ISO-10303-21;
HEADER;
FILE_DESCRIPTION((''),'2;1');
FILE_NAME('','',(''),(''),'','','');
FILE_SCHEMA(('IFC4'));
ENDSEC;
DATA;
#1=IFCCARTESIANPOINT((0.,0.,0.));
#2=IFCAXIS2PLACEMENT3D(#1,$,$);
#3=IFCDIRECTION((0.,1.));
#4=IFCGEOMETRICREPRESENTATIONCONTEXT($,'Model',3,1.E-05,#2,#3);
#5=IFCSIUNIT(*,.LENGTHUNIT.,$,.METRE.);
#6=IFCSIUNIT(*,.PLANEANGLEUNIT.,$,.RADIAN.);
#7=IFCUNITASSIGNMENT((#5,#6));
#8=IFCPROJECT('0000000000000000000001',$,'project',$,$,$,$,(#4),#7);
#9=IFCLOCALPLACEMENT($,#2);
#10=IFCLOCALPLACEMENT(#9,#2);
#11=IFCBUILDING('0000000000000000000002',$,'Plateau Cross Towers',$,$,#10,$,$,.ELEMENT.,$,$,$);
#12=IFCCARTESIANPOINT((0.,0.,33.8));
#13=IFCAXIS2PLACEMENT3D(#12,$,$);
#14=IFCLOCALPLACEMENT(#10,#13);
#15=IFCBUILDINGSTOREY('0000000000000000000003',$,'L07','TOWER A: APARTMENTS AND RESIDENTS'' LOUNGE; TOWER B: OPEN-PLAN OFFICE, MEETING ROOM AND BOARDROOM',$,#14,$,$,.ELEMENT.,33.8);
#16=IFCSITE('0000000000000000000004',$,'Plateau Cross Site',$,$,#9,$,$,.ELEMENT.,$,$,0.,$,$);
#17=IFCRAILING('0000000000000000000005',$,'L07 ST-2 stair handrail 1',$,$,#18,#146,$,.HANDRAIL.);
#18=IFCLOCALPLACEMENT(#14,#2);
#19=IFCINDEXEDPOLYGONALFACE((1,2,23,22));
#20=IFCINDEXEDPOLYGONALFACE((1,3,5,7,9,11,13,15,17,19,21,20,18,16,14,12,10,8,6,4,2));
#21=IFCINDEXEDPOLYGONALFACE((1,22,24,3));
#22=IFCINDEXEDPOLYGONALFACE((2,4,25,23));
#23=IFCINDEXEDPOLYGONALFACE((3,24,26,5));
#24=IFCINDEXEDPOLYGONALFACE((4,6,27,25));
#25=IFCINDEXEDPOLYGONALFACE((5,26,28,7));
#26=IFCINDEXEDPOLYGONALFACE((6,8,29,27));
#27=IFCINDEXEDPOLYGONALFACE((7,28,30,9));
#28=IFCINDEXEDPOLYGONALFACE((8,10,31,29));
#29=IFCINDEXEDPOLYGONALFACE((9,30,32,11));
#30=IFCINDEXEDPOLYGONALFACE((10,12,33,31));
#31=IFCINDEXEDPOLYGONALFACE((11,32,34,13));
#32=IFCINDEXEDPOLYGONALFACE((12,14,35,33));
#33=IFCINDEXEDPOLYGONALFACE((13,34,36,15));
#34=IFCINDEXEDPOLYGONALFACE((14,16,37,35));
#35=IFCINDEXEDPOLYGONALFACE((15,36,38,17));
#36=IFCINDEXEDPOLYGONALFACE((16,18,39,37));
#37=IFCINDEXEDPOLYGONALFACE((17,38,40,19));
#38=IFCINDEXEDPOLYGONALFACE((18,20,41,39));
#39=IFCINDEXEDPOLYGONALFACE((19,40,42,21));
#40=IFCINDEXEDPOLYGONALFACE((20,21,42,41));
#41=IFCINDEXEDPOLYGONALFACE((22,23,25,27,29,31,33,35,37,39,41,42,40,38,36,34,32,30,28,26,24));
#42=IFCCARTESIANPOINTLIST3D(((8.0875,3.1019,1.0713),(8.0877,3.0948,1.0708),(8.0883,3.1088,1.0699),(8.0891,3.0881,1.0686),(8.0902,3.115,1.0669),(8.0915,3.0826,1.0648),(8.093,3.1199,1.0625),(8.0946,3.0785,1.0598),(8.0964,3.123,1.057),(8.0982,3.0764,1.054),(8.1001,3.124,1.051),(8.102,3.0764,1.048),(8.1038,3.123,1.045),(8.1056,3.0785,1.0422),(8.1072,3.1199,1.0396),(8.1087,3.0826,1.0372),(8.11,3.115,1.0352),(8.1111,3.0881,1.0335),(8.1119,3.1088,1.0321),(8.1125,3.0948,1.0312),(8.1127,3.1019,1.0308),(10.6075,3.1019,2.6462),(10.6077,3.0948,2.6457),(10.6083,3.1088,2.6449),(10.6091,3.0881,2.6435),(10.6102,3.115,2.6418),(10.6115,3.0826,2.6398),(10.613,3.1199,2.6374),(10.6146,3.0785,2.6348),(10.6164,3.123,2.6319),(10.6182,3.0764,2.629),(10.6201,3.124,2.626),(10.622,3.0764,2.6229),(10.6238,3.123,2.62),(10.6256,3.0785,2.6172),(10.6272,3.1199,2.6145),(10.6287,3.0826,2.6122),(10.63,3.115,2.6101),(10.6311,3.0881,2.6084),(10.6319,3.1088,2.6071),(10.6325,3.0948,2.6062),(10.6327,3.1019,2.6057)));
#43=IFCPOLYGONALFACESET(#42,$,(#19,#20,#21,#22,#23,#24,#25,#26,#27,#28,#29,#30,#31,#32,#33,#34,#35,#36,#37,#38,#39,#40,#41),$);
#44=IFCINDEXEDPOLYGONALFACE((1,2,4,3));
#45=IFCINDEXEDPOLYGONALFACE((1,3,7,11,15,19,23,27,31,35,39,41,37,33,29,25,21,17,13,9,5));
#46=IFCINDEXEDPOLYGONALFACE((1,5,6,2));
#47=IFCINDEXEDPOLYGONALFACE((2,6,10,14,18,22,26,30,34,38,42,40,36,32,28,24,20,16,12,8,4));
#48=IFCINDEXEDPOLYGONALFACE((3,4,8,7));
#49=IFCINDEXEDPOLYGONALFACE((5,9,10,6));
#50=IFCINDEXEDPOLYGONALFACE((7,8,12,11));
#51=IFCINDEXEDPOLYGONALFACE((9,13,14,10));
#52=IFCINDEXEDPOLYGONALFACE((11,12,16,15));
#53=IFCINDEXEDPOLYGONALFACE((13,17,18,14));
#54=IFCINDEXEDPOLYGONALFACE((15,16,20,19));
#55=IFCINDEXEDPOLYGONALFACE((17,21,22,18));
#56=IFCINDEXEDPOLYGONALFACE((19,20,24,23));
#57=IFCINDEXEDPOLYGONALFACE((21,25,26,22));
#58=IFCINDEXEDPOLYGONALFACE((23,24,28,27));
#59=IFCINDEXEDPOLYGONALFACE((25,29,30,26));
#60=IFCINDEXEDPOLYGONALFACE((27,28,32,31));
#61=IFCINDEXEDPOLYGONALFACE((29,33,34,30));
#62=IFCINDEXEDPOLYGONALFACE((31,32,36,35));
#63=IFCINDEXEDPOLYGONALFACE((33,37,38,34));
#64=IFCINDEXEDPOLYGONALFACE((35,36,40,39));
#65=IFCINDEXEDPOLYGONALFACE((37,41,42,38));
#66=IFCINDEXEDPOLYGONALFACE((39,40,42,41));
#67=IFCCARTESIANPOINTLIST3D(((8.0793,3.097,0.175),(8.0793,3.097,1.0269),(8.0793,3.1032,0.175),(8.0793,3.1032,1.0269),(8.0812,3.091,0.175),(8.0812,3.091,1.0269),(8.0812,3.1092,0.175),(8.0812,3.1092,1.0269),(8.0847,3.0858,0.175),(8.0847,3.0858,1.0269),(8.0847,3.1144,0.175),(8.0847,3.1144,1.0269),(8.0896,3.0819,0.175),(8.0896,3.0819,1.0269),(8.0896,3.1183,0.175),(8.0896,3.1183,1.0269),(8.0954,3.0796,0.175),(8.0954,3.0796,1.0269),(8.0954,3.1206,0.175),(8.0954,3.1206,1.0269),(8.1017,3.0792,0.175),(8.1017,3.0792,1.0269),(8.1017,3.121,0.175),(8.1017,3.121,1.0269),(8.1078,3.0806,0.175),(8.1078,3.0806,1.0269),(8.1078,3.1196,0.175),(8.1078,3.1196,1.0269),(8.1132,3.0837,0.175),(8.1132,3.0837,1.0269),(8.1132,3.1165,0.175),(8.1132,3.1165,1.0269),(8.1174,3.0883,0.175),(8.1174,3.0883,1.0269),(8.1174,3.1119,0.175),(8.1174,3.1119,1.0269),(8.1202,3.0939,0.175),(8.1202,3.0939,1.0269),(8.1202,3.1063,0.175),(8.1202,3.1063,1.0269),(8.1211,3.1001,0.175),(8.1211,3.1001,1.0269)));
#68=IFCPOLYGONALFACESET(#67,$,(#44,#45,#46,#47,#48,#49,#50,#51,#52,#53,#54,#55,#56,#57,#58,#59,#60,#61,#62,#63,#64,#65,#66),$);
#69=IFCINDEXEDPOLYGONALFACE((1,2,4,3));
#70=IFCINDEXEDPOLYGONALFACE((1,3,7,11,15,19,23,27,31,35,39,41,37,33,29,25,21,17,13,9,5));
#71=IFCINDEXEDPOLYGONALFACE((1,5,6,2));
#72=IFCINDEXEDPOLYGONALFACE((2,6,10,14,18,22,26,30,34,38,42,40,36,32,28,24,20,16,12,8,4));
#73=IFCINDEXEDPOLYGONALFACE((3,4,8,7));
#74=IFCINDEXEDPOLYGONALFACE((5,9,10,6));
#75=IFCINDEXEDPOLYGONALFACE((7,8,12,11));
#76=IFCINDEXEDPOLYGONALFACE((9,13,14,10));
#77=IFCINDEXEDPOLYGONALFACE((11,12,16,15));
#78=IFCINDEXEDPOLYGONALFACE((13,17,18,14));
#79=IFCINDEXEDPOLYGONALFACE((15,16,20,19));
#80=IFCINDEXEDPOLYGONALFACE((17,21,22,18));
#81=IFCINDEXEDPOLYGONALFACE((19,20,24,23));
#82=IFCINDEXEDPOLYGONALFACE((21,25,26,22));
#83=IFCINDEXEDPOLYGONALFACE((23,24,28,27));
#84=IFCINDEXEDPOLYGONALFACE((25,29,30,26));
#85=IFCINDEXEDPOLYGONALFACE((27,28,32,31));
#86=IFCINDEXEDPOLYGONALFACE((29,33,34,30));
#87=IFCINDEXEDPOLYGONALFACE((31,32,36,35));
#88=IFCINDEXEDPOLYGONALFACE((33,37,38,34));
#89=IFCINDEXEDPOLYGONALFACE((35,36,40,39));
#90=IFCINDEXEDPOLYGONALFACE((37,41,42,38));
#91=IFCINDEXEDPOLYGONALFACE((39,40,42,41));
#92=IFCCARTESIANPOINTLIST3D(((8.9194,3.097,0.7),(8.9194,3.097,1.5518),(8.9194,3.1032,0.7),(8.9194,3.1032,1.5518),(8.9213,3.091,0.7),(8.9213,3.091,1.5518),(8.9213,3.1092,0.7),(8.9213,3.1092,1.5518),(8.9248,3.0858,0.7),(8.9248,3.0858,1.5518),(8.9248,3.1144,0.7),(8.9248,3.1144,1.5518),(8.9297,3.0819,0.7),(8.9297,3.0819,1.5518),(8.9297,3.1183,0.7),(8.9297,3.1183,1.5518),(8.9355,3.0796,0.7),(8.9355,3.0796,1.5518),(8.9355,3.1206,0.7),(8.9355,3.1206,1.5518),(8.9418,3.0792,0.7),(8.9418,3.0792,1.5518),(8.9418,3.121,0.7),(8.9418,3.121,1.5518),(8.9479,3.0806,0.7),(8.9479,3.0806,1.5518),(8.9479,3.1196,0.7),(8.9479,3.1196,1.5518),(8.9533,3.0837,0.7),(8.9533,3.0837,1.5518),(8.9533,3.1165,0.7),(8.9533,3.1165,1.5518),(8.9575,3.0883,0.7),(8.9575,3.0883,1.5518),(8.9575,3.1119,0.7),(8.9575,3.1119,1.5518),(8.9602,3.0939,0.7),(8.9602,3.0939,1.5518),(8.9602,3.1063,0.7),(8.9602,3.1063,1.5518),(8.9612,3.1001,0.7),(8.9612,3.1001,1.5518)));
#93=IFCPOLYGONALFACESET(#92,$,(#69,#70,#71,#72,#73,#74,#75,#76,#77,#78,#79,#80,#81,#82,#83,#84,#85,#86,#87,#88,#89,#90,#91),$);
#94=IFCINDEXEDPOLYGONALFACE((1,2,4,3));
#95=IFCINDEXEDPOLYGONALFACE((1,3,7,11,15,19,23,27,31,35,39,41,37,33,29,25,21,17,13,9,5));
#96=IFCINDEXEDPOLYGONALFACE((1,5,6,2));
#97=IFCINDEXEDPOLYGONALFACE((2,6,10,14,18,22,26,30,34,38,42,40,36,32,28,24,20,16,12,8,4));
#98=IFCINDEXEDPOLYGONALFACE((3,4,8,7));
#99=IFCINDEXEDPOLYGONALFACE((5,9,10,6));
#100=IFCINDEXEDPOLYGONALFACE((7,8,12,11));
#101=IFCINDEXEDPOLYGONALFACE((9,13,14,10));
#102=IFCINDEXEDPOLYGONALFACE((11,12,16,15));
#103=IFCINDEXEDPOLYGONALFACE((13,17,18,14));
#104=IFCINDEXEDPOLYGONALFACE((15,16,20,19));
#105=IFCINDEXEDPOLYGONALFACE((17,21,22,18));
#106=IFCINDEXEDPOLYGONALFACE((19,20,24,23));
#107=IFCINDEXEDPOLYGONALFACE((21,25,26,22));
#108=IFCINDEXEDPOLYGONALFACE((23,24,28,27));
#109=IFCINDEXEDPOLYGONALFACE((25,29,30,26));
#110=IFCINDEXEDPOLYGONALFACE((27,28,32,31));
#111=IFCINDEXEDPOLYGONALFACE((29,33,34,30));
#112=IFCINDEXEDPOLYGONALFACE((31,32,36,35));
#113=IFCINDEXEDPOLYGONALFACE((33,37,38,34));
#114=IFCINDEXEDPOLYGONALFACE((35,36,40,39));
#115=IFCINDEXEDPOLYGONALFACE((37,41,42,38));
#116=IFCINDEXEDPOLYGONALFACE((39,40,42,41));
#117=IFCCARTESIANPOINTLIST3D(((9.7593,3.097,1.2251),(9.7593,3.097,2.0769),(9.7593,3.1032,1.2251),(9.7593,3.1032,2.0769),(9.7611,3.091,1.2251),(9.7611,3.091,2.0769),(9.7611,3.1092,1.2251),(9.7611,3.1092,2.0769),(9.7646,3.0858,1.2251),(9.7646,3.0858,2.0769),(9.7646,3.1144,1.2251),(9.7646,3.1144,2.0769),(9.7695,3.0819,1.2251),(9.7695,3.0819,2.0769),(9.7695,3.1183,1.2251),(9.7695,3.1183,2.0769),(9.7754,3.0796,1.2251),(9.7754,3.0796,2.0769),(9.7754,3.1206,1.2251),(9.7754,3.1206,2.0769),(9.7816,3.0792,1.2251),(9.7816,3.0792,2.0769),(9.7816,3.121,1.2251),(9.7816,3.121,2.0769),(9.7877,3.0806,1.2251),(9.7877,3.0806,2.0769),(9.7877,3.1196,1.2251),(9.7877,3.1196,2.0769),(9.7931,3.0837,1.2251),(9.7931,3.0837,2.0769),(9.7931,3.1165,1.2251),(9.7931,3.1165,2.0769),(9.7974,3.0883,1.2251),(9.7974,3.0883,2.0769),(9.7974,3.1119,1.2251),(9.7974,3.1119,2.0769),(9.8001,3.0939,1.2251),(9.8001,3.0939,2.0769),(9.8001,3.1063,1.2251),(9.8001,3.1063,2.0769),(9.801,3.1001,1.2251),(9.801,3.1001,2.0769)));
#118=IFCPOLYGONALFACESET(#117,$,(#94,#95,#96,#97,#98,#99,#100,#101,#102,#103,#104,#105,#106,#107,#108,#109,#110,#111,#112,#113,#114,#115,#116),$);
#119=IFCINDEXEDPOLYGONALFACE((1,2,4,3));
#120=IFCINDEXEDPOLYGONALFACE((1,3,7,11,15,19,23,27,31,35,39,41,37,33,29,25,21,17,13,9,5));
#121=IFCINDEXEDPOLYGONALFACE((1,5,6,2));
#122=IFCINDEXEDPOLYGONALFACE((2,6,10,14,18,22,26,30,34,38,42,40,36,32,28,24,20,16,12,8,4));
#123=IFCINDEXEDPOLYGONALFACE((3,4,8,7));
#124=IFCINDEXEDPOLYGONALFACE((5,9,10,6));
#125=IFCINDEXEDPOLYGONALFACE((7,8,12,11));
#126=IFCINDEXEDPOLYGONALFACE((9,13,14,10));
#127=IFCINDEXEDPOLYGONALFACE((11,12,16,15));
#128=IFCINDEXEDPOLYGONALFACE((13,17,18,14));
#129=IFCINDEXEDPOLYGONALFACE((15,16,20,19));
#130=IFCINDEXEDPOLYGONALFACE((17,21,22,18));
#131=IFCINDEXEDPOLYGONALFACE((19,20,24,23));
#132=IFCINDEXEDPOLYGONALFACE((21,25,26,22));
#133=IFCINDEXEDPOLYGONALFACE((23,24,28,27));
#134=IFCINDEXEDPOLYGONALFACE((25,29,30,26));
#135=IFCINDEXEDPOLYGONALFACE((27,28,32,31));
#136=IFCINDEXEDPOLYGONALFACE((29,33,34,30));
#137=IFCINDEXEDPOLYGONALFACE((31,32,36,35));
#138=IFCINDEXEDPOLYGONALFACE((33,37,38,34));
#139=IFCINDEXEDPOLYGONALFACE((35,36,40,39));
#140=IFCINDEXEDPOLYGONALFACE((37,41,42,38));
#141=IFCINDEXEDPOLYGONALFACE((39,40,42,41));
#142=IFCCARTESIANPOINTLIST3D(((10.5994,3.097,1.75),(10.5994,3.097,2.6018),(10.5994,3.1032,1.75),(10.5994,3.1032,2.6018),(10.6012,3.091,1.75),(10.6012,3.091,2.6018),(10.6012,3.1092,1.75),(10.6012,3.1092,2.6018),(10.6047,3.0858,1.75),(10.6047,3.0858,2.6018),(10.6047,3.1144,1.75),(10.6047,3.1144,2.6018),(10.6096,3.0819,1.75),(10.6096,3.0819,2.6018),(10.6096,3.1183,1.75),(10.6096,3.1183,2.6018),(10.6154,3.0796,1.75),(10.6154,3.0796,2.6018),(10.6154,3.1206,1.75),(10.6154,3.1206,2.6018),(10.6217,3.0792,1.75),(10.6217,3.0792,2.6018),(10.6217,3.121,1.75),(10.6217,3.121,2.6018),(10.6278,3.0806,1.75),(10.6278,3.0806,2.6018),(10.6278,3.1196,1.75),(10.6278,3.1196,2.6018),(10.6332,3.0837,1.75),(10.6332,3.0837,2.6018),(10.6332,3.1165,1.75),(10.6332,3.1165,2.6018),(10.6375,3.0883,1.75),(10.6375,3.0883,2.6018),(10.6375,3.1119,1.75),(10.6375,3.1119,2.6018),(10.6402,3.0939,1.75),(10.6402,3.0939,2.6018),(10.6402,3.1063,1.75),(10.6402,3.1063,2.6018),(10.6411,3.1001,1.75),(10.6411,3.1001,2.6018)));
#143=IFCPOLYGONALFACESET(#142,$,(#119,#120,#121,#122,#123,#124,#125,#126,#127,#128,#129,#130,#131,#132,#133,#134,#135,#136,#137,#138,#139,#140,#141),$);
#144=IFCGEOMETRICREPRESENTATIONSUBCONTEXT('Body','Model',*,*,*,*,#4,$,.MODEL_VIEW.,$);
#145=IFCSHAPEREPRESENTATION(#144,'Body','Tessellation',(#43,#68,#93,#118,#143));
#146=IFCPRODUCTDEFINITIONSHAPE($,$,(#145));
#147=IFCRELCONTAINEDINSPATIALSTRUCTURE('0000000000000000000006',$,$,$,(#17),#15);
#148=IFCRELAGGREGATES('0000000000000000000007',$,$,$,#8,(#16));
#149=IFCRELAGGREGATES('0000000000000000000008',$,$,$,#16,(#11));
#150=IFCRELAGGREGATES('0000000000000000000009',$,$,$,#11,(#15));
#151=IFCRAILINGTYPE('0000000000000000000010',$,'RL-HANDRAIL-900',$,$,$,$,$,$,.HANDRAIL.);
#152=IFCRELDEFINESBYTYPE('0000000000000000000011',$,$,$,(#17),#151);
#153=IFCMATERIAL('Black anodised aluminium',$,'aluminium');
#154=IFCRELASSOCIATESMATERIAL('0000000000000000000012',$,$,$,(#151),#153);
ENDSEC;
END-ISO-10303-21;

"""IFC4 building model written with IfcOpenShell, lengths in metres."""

from ifc_helpers import new_model, si_unit, direction, frame, origin, origin_2d, place, context, subcontext, project, spatial, circle, extrude, material, type_object, element, save


model = new_model("IFC4")

# Units and contexts
model_context = context("Model", 3, precision=1e-05, world=origin(), true_north=direction((0.0, 1.0)))
body_context = subcontext(model_context, "Body", "Model", "MODEL_VIEW")
ifc_project = project(units=[si_unit("LENGTHUNIT", "METRE"), si_unit("PLANEANGLEUNIT", "RADIAN")], contexts=[model_context])

# Site, building, storey
site_placement = place(None, origin())
site = spatial("IfcSite", under=ifc_project, at=site_placement, Name="Plateau Cross Site", CompositionType="ELEMENT", RefElevation=0.0)
building_placement = place(site_placement, origin())
building = spatial("IfcBuilding", under=site, at=building_placement, Name="Plateau Cross Towers", CompositionType="ELEMENT")
storey_placement = place(building_placement, frame((0.0, 0.0, 33.8)))
storey = spatial("IfcBuildingStorey", under=building, at=storey_placement, Name="L07", Description="TOWER A: APARTMENTS AND RESIDENTS' LOUNGE; TOWER B: OPEN-PLAN OFFICE, MEETING ROOM AND BOARDROOM", CompositionType="ELEMENT", Elevation=33.8)

# Shared definitions
ifc_material_1 = material(Name="Black anodised aluminium", Category="aluminium")

# Railing
railing_type_1 = type_object("IfcRailingType", Name="RL-HANDRAIL-900", PredefinedType="HANDRAIL", material=ifc_material_1)
railing_placement = place(storey_placement, frame((8.1001, 3.1001, 0.175)))
element("IfcRailing", 1, at=railing_placement, inside=storey, type_object=railing_type_1, Name="L07 ST-2 stair handrail 1", PredefinedType="HANDRAIL", context=body_context, shape_type="SweptSolid", body=[
    extrude(circle(Radius=0.0239, at=origin_2d()), frame((0.0, 0.0, 0.876), z_axis=(0.848008, 0.0, 0.529984), x_axis=(0.0, 1.0, 0.0)), (0.0, 0.0, 1.0), 2.9717),
    extrude(circle(Radius=0.021, at=origin_2d()), origin(), (0.0, 0.0, 1.0), 0.8518),
    extrude(circle(Radius=0.021, at=origin_2d()), frame((0.8401, 0.0, 0.5249)), (0.0, 0.0, 1.0), 0.8518),
    extrude(circle(Radius=0.021, at=origin_2d()), frame((1.6799, 0.0, 1.05)), (0.0, 0.0, 1.0), 0.8518),
    extrude(circle(Radius=0.021, at=origin_2d()), frame((2.52, 0.0, 1.575)), (0.0, 0.0, 1.0), 0.8518),
])

save(model, "model.ifc")
